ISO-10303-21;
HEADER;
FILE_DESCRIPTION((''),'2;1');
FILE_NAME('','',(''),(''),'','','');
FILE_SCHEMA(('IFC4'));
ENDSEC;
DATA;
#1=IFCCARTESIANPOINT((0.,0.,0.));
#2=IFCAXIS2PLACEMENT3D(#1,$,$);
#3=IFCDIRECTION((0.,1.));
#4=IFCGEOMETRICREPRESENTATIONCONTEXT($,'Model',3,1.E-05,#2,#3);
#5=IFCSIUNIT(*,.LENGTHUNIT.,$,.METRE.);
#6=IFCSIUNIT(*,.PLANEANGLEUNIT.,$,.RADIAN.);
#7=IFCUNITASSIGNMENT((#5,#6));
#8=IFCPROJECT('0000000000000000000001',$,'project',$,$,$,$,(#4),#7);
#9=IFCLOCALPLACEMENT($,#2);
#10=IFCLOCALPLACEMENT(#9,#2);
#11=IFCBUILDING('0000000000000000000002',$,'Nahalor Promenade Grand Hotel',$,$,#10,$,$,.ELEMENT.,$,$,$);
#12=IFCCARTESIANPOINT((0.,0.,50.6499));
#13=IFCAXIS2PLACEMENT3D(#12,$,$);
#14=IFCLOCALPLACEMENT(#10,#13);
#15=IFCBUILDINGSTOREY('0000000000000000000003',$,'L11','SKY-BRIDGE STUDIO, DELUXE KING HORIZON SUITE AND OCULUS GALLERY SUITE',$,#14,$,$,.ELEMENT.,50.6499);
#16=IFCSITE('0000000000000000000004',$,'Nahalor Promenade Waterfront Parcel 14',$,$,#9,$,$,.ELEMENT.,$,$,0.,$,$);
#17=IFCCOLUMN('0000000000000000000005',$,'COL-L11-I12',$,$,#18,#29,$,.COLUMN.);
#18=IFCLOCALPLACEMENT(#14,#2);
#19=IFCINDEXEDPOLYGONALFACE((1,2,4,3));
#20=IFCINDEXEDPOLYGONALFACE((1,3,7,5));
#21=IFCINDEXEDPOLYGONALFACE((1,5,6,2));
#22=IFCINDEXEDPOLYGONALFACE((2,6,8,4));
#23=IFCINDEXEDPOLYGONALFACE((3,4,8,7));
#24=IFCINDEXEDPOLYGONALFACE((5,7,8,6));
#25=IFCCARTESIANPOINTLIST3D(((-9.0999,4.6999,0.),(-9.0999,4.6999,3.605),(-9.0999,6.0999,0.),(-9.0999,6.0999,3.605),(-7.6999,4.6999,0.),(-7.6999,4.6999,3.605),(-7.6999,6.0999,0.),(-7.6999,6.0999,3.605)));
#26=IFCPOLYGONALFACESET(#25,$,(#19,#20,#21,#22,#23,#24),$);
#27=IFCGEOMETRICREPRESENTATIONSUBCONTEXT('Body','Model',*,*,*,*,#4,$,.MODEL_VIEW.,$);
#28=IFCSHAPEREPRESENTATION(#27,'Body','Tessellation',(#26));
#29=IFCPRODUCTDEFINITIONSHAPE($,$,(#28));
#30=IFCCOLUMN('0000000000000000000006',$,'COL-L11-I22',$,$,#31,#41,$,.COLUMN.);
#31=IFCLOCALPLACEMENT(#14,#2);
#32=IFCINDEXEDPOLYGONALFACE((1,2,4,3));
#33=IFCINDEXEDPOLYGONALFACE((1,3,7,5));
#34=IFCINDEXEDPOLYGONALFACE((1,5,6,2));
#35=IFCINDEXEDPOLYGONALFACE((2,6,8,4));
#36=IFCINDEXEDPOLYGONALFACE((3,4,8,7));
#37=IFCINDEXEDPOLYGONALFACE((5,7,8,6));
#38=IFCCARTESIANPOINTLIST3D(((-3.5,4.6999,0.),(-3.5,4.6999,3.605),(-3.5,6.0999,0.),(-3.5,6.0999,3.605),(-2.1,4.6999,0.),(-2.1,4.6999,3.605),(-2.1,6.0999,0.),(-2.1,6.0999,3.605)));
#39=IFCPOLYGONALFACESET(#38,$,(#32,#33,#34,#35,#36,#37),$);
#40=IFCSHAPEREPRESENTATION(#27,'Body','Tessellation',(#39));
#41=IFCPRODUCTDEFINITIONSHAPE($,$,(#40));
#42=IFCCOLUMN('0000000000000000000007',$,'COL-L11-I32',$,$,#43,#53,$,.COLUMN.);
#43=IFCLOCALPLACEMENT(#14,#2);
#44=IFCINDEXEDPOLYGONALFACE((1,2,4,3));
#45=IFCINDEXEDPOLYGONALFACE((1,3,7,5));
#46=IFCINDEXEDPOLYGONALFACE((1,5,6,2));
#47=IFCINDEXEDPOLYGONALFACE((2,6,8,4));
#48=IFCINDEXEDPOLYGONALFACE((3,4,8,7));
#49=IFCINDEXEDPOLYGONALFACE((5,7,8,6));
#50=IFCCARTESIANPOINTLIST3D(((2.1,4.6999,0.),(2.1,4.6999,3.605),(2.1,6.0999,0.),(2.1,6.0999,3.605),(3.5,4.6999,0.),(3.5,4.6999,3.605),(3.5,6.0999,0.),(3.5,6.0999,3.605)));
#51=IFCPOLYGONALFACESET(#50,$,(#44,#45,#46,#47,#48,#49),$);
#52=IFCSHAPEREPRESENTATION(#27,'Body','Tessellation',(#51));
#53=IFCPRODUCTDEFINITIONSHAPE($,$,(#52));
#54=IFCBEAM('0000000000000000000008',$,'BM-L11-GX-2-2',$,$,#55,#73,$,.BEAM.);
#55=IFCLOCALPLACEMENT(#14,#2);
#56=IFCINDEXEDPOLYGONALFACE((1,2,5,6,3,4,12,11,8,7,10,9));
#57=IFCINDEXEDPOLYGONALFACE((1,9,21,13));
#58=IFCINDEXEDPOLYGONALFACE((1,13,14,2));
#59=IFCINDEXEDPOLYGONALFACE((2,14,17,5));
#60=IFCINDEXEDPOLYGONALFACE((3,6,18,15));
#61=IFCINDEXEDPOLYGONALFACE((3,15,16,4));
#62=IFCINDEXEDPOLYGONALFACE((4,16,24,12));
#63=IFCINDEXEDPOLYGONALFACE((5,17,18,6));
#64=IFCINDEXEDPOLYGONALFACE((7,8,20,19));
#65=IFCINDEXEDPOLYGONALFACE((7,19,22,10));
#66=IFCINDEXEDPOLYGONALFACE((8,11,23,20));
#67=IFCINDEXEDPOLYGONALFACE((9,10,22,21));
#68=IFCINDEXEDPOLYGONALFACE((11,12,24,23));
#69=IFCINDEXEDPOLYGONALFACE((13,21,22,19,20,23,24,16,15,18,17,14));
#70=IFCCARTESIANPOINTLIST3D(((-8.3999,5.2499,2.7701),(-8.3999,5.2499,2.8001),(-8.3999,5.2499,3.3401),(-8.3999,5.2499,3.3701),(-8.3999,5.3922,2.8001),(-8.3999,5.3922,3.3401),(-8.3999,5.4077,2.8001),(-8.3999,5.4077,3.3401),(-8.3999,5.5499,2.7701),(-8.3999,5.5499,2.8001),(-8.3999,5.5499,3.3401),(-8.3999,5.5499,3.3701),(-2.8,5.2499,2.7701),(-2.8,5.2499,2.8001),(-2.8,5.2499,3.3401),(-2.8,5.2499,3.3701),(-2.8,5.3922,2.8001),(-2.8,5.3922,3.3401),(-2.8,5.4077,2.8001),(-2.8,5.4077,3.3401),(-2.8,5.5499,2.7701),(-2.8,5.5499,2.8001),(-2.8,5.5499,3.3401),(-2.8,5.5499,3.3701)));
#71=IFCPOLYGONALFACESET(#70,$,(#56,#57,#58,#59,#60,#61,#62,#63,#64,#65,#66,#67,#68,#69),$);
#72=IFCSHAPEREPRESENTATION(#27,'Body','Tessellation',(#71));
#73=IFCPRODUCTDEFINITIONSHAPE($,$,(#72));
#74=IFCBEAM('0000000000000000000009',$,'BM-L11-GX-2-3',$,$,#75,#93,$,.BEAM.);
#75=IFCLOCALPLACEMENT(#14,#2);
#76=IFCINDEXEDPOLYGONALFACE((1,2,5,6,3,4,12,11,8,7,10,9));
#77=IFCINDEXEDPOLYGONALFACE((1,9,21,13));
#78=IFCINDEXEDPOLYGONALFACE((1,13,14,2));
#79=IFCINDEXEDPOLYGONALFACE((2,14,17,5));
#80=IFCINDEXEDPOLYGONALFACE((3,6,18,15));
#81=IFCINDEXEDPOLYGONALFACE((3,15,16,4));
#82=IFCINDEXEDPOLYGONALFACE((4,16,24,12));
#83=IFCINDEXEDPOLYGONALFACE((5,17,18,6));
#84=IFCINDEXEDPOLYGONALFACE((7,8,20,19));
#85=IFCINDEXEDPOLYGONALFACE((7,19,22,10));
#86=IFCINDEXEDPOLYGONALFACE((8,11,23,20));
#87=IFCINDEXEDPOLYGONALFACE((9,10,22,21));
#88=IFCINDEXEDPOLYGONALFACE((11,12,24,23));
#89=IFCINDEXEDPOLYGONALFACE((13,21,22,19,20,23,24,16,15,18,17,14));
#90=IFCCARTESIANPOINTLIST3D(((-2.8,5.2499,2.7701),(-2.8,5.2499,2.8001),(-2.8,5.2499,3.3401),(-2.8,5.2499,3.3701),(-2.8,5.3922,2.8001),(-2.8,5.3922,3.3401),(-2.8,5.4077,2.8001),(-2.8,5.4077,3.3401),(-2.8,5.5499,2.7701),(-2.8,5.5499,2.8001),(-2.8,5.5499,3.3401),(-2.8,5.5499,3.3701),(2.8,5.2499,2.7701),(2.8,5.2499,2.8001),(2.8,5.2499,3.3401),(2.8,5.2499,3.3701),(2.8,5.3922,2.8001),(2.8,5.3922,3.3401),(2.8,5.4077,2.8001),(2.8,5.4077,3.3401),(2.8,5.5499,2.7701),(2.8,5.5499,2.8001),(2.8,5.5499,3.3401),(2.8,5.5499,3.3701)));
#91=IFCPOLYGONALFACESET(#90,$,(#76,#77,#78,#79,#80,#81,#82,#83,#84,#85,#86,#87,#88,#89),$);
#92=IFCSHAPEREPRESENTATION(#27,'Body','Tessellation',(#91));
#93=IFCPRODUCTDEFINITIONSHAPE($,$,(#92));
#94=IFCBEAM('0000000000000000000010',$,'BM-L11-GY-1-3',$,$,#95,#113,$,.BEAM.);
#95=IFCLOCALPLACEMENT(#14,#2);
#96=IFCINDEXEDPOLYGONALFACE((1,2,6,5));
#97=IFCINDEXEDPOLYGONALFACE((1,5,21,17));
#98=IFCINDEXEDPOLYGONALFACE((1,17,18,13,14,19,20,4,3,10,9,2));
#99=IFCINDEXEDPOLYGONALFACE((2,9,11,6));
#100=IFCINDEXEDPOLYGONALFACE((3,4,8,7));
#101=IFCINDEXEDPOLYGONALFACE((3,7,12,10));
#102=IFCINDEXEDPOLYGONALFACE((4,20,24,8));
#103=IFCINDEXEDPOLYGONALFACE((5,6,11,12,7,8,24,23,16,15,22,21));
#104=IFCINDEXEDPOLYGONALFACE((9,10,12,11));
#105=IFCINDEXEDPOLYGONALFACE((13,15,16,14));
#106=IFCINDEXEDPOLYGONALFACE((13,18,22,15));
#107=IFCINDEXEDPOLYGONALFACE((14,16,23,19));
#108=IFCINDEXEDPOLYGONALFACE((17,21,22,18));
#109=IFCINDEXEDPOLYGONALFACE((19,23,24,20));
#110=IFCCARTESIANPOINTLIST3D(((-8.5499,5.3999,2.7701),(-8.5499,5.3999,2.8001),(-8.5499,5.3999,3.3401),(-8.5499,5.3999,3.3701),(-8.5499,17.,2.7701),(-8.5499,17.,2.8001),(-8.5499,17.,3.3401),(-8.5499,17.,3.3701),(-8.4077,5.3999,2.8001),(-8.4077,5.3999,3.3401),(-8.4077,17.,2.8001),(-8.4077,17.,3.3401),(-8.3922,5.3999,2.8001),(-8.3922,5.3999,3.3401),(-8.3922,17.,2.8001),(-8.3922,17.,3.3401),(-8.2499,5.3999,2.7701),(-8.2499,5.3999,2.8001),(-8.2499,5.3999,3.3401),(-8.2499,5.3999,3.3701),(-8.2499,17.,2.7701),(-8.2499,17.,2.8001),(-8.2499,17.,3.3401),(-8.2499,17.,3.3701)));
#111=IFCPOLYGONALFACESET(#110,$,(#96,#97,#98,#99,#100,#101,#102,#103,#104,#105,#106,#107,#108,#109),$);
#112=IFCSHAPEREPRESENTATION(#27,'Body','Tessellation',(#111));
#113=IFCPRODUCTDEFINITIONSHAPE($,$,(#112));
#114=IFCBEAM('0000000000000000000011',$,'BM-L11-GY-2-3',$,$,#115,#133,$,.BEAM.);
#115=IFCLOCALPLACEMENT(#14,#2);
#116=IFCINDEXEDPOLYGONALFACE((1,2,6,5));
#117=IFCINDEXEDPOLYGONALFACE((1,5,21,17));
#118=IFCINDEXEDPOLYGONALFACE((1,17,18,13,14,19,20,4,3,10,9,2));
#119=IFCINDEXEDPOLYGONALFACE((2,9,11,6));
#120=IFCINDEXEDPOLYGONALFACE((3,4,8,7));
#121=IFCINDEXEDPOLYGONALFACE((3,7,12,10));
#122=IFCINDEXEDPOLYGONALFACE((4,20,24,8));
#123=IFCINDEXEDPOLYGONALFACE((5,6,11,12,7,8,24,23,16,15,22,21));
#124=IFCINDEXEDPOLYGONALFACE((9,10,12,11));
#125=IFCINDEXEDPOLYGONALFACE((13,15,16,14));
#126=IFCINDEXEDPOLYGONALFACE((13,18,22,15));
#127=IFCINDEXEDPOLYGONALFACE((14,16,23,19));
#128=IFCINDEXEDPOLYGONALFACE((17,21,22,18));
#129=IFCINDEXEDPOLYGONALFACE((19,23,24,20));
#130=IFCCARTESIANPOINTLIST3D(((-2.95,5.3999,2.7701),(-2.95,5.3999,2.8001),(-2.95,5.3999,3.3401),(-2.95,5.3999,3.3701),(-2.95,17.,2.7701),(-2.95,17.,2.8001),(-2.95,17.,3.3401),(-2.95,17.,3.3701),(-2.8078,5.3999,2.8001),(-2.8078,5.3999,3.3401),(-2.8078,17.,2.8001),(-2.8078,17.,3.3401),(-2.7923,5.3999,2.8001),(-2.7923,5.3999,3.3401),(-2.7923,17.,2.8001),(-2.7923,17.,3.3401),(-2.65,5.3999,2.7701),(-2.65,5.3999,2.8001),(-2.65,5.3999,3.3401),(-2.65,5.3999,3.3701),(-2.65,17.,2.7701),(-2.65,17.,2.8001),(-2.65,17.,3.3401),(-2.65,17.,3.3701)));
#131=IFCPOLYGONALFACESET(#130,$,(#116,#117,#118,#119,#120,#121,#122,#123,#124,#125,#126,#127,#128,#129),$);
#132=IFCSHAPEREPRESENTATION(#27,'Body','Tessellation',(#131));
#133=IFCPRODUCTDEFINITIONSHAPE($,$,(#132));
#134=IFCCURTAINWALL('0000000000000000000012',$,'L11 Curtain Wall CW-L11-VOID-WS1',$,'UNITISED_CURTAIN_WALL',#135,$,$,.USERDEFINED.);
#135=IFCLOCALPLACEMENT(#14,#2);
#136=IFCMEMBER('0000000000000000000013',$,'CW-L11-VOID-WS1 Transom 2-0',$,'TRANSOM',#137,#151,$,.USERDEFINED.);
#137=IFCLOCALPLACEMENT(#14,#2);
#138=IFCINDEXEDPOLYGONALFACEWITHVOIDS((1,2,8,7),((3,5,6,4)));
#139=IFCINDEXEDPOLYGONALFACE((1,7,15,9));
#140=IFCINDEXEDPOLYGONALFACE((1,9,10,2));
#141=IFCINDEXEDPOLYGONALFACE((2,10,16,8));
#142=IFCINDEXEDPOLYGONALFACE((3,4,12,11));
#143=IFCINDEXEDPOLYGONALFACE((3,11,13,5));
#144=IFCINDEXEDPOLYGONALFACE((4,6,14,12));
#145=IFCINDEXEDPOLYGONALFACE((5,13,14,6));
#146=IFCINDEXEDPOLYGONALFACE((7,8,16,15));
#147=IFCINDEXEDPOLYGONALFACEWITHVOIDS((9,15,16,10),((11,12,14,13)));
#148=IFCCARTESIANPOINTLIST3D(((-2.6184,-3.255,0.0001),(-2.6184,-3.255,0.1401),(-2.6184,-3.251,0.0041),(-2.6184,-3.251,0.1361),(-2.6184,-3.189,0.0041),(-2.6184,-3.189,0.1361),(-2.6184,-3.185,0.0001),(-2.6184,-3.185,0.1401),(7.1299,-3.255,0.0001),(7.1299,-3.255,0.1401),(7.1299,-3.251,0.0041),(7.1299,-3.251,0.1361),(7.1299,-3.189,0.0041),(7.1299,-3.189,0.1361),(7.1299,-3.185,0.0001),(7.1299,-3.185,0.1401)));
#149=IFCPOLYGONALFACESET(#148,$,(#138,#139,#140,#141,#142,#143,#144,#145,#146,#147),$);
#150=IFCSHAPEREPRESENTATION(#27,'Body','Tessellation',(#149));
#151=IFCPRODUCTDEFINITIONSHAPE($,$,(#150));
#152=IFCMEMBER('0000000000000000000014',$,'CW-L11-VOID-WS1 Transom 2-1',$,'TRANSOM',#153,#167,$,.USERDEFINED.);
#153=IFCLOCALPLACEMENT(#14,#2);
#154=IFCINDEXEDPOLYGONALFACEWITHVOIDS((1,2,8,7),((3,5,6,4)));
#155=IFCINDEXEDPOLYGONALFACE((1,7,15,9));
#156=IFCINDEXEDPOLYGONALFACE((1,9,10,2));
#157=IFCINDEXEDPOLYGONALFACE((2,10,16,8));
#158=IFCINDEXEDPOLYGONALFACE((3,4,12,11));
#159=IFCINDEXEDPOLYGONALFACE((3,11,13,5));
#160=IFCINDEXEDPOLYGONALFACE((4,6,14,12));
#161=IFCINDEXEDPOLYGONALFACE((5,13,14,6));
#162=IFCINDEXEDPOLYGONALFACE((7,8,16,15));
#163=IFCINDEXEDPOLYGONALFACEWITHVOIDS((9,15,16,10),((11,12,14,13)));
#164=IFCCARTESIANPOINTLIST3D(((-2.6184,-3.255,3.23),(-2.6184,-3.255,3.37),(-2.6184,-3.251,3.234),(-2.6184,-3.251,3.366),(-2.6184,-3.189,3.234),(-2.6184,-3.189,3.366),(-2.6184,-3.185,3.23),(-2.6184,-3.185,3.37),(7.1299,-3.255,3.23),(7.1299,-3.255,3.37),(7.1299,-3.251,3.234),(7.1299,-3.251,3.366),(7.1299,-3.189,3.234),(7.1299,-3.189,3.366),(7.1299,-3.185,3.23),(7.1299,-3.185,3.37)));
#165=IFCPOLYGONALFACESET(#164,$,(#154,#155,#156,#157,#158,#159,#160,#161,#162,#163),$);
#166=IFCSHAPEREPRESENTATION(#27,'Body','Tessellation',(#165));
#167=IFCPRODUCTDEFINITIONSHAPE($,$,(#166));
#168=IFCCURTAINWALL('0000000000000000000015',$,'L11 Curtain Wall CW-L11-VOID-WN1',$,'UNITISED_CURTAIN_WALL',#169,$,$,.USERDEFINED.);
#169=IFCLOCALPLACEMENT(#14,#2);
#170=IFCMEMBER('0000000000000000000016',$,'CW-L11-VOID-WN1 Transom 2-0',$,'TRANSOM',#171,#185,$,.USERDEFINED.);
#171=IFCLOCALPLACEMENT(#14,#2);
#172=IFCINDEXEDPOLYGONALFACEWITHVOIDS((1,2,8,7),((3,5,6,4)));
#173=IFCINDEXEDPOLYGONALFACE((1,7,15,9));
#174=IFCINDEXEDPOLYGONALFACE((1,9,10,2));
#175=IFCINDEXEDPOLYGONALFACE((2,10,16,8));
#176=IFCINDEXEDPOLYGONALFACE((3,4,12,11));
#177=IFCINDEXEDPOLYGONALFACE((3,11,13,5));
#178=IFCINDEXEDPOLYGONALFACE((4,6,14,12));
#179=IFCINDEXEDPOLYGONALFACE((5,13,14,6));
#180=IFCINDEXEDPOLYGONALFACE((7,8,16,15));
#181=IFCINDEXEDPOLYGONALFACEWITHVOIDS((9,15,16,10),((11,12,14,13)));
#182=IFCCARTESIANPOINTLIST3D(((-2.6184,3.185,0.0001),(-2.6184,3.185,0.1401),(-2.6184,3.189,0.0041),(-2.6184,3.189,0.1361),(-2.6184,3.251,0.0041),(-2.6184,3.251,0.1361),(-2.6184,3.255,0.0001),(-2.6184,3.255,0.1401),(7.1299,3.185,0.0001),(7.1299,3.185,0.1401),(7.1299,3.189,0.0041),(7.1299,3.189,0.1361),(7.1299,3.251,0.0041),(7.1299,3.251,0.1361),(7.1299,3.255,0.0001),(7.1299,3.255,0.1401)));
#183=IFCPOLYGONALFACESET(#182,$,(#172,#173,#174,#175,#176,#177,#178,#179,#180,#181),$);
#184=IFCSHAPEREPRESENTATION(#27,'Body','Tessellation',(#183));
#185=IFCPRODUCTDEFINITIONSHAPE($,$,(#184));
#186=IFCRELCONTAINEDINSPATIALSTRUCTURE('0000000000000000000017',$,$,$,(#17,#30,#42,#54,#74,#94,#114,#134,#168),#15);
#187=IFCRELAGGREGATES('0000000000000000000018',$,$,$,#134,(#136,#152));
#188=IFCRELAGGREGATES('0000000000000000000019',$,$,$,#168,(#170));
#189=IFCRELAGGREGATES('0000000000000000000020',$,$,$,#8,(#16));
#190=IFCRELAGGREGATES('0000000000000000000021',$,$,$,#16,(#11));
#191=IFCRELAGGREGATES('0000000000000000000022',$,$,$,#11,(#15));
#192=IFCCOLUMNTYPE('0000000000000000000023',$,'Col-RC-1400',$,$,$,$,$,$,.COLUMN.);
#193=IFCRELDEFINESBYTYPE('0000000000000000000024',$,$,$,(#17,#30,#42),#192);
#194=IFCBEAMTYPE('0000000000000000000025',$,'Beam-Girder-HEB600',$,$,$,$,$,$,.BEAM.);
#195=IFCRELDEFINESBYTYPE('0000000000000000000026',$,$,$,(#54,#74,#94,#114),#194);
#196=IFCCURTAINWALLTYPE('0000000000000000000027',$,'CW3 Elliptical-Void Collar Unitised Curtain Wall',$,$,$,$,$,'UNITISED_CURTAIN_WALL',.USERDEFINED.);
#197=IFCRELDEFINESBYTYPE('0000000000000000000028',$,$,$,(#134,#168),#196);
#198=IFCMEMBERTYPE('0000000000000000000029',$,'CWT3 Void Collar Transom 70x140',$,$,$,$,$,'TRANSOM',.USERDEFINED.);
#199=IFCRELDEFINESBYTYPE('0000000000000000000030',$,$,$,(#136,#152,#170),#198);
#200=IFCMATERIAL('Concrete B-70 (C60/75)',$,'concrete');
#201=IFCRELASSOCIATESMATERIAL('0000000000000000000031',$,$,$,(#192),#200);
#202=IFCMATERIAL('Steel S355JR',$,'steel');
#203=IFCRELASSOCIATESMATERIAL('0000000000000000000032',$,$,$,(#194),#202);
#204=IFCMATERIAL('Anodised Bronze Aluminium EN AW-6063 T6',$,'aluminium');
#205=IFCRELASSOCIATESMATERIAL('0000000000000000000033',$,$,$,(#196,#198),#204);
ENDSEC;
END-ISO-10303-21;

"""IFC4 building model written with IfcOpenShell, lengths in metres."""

from ifc_helpers import new_model, si_unit, direction, frame, origin, origin_2d, place, context, subcontext, project, spatial, rectangle, hollow_rectangle, i_section, extrude, source, transform, mapped, material, material_profile, profile_set, type_object, element, aggregate, save


model = new_model("IFC4")

# Units and contexts
model_context = context("Model", 3, precision=1e-05, world=origin(), true_north=direction((0.0, 1.0)))
body_context = subcontext(model_context, "Body", "Model", "MODEL_VIEW")
ifc_project = project(units=[si_unit("LENGTHUNIT", "METRE"), si_unit("PLANEANGLEUNIT", "RADIAN")], contexts=[model_context])

# Site, building, storey
site_placement = place(None, origin())
site = spatial("IfcSite", under=ifc_project, at=site_placement, Name="Nahalor Promenade Waterfront Parcel 14", CompositionType="ELEMENT", RefElevation=0.0)
building_placement = place(site_placement, origin())
building = spatial("IfcBuilding", under=site, at=building_placement, Name="Nahalor Promenade Grand Hotel", CompositionType="ELEMENT")
storey_placement = place(building_placement, frame((0.0, 0.0, 50.6499)))
storey = spatial("IfcBuildingStorey", under=building, at=storey_placement, Name="L11", Description="SKY-BRIDGE STUDIO, DELUXE KING HORIZON SUITE AND OCULUS GALLERY SUITE", CompositionType="ELEMENT", Elevation=50.6499)

# Columns
ifc_material_1 = material(Name="Concrete B-70 (C60/75)", Category="concrete")
ifc_material_profile_1 = material_profile(ifc_material_1, rectangle(XDim=1.4, YDim=1.4, at=origin_2d()), Name="RC 1400x1400")
ifc_profile_set_1 = profile_set([ifc_material_profile_1], Name="Concrete B-70 (C60/75)")
column_type = type_object("IfcColumnType", Name="Col-RC-1400", PredefinedType="COLUMN", material=ifc_profile_set_1)
shared_shape_1 = source(origin(), body_context, "Body", "SweptSolid", [
    extrude(rectangle(XDim=1.4, YDim=1.4, at=origin_2d()), origin(), (0.0, 0.0, 1.0), 3.605),
])
for number, where, z_axis, x_axis, name in (
    (1, (-8.3999, 5.3999, 0.0), (0.0, 0.0, 1.0), (1.0, 0.0, 0.0), "COL-L11-I12"),
    (2, (-2.8, 5.3999, 0.0), (0.0, 0.0, 1.0), (1.0, 0.0, 0.0), "COL-L11-I22"),
    (3, (2.8, 5.3999, 0.0), (0.0, 0.0, 1.0), (1.0, 0.0, 0.0), "COL-L11-I32"),
):
    element("IfcColumn", number, at=place(storey_placement, frame(where, z_axis=z_axis, x_axis=x_axis)), inside=storey, type_object=column_type, Name=name, PredefinedType="COLUMN", context=body_context, shape_type="MappedRepresentation", body=[
        mapped(shared_shape_1, transform((0.0, 0.0, 0.0), scale=1.0)),
    ])

# Beams
ifc_material_2 = material(Name="Steel S355JR", Category="steel")
ifc_material_profile_2 = material_profile(ifc_material_2, i_section(OverallWidth=0.3, OverallDepth=0.6, WebThickness=0.0155, FlangeThickness=0.03, at=origin_2d()), Name="HEB 600")
ifc_profile_set_2 = profile_set([ifc_material_profile_2], Name="Steel S355JR")
beam_type = type_object("IfcBeamType", Name="Beam-Girder-HEB600", PredefinedType="BEAM", material=ifc_profile_set_2)
shared_shape_2 = source(origin(), body_context, "Body", "SweptSolid", [
    extrude(i_section(OverallWidth=0.3, OverallDepth=0.6, WebThickness=0.0155, FlangeThickness=0.03, at=origin_2d()), origin(), (0.0, 0.0, 1.0), 5.5999),
])
beam_1_placement = place(storey_placement, frame((-8.3999, 5.3999, 3.0701), z_axis=(1.0, 0.0, 0.0), x_axis=(0.0, 1.0, 0.0)))
element("IfcBeam", 4, at=beam_1_placement, inside=storey, type_object=beam_type, Name="BM-L11-GX-2-2", PredefinedType="BEAM", context=body_context, shape_type="MappedRepresentation", body=[
    mapped(shared_shape_2, transform((0.0, 0.0, 0.0), scale=1.0)),
])
shared_shape_3 = source(origin(), body_context, "Body", "SweptSolid", [
    extrude(i_section(OverallWidth=0.3, OverallDepth=0.6, WebThickness=0.0155, FlangeThickness=0.03, at=origin_2d()), origin(), (0.0, 0.0, 1.0), 5.6001),
])
beam_2_placement = place(storey_placement, frame((-2.8, 5.3999, 3.0701), z_axis=(1.0, 0.0, 0.0), x_axis=(0.0, 1.0, 0.0)))
element("IfcBeam", 5, at=beam_2_placement, inside=storey, type_object=beam_type, Name="BM-L11-GX-2-3", PredefinedType="BEAM", context=body_context, shape_type="MappedRepresentation", body=[
    mapped(shared_shape_3, transform((0.0, 0.0, 0.0), scale=1.0)),
])
shared_shape_4 = source(origin(), body_context, "Body", "SweptSolid", [
    extrude(i_section(OverallWidth=0.3, OverallDepth=0.6, WebThickness=0.0155, FlangeThickness=0.03, at=origin_2d()), origin(), (0.0, 0.0, 1.0), 11.6001),
])
for number, where, z_axis, x_axis, name in (
    (6, (-8.3999, 5.3999, 3.0701), (0.0, 1.0, 0.0), (-1.0, 0.0, 0.0), "BM-L11-GY-1-3"),
    (7, (-2.8, 5.3999, 3.0701), (0.0, 1.0, 0.0), (-1.0, 0.0, 0.0), "BM-L11-GY-2-3"),
):
    element("IfcBeam", number, at=place(storey_placement, frame(where, z_axis=z_axis, x_axis=x_axis)), inside=storey, type_object=beam_type, Name=name, PredefinedType="BEAM", context=body_context, shape_type="MappedRepresentation", body=[
        mapped(shared_shape_4, transform((0.0, 0.0, 0.0), scale=1.0)),
    ])

# Curtain walls, members
ifc_material_3 = material(Name="Anodised Bronze Aluminium EN AW-6063 T6", Category="aluminium")
curtain_wall_type = type_object("IfcCurtainWallType", Name="CW3 Elliptical-Void Collar Unitised Curtain Wall", ElementType="UNITISED_CURTAIN_WALL", PredefinedType="USERDEFINED", material=ifc_material_3)
curtain_wall_1_placement = place(storey_placement, origin())
curtain_wall_1 = element("IfcCurtainWall", 8, at=curtain_wall_1_placement, inside=storey, type_object=curtain_wall_type, Name="L11 Curtain Wall CW-L11-VOID-WS1", ObjectType="UNITISED_CURTAIN_WALL", PredefinedType="USERDEFINED")
ifc_material_profile_3 = material_profile(ifc_material_3, hollow_rectangle(XDim=0.07, YDim=0.14, WallThickness=0.004, at=origin_2d()), Name="CWT 70x140x4")
ifc_profile_set_3 = profile_set([ifc_material_profile_3], Name="Anodised Bronze Aluminium EN AW-6063 T6")
member_type_1 = type_object("IfcMemberType", Name="CWT3 Void Collar Transom 70x140", ElementType="TRANSOM", PredefinedType="USERDEFINED", material=ifc_profile_set_3)
shared_shape_5 = source(origin(), body_context, "Body", "SweptSolid", [
    extrude(hollow_rectangle(XDim=0.07, YDim=0.14, WallThickness=0.004, at=origin_2d()), origin(), (0.0, 0.0, 1.0), 9.7483),
])
member_1_placement = place(storey_placement, frame((-2.6184, -3.22, 0.0701), z_axis=(1.0, 0.0, 0.0), x_axis=(0.0, 1.0, 0.0)))
member_1 = element("IfcMember", 9, at=member_1_placement, type_object=member_type_1, Name="CW-L11-VOID-WS1 Transom 2-0", ObjectType="TRANSOM", PredefinedType="USERDEFINED", context=body_context, shape_type="MappedRepresentation", body=[
    mapped(shared_shape_5, transform((0.0, 0.0, 0.0), scale=1.0)),
])
member_2_placement = place(storey_placement, frame((-2.6184, -3.22, 3.3), z_axis=(1.0, 0.0, 0.0), x_axis=(0.0, 1.0, 0.0)))
member_2 = element("IfcMember", 10, at=member_2_placement, type_object=member_type_1, Name="CW-L11-VOID-WS1 Transom 2-1", ObjectType="TRANSOM", PredefinedType="USERDEFINED", context=body_context, shape_type="MappedRepresentation", body=[
    mapped(shared_shape_5, transform((0.0, 0.0, 0.0), scale=1.0)),
])
curtain_wall_2_placement = place(storey_placement, origin())
curtain_wall_2 = element("IfcCurtainWall", 11, at=curtain_wall_2_placement, inside=storey, type_object=curtain_wall_type, Name="L11 Curtain Wall CW-L11-VOID-WN1", ObjectType="UNITISED_CURTAIN_WALL", PredefinedType="USERDEFINED")
member_3_placement = place(storey_placement, frame((-2.6184, 3.22, 0.0701), z_axis=(1.0, 0.0, 0.0), x_axis=(0.0, 1.0, 0.0)))
member_3 = element("IfcMember", 12, at=member_3_placement, type_object=member_type_1, Name="CW-L11-VOID-WN1 Transom 2-0", ObjectType="TRANSOM", PredefinedType="USERDEFINED", context=body_context, shape_type="MappedRepresentation", body=[
    mapped(shared_shape_5, transform((0.0, 0.0, 0.0), scale=1.0)),
])

aggregate(curtain_wall_1, [member_1, member_2])
aggregate(curtain_wall_2, [member_3])

save(model, "model.ifc")
